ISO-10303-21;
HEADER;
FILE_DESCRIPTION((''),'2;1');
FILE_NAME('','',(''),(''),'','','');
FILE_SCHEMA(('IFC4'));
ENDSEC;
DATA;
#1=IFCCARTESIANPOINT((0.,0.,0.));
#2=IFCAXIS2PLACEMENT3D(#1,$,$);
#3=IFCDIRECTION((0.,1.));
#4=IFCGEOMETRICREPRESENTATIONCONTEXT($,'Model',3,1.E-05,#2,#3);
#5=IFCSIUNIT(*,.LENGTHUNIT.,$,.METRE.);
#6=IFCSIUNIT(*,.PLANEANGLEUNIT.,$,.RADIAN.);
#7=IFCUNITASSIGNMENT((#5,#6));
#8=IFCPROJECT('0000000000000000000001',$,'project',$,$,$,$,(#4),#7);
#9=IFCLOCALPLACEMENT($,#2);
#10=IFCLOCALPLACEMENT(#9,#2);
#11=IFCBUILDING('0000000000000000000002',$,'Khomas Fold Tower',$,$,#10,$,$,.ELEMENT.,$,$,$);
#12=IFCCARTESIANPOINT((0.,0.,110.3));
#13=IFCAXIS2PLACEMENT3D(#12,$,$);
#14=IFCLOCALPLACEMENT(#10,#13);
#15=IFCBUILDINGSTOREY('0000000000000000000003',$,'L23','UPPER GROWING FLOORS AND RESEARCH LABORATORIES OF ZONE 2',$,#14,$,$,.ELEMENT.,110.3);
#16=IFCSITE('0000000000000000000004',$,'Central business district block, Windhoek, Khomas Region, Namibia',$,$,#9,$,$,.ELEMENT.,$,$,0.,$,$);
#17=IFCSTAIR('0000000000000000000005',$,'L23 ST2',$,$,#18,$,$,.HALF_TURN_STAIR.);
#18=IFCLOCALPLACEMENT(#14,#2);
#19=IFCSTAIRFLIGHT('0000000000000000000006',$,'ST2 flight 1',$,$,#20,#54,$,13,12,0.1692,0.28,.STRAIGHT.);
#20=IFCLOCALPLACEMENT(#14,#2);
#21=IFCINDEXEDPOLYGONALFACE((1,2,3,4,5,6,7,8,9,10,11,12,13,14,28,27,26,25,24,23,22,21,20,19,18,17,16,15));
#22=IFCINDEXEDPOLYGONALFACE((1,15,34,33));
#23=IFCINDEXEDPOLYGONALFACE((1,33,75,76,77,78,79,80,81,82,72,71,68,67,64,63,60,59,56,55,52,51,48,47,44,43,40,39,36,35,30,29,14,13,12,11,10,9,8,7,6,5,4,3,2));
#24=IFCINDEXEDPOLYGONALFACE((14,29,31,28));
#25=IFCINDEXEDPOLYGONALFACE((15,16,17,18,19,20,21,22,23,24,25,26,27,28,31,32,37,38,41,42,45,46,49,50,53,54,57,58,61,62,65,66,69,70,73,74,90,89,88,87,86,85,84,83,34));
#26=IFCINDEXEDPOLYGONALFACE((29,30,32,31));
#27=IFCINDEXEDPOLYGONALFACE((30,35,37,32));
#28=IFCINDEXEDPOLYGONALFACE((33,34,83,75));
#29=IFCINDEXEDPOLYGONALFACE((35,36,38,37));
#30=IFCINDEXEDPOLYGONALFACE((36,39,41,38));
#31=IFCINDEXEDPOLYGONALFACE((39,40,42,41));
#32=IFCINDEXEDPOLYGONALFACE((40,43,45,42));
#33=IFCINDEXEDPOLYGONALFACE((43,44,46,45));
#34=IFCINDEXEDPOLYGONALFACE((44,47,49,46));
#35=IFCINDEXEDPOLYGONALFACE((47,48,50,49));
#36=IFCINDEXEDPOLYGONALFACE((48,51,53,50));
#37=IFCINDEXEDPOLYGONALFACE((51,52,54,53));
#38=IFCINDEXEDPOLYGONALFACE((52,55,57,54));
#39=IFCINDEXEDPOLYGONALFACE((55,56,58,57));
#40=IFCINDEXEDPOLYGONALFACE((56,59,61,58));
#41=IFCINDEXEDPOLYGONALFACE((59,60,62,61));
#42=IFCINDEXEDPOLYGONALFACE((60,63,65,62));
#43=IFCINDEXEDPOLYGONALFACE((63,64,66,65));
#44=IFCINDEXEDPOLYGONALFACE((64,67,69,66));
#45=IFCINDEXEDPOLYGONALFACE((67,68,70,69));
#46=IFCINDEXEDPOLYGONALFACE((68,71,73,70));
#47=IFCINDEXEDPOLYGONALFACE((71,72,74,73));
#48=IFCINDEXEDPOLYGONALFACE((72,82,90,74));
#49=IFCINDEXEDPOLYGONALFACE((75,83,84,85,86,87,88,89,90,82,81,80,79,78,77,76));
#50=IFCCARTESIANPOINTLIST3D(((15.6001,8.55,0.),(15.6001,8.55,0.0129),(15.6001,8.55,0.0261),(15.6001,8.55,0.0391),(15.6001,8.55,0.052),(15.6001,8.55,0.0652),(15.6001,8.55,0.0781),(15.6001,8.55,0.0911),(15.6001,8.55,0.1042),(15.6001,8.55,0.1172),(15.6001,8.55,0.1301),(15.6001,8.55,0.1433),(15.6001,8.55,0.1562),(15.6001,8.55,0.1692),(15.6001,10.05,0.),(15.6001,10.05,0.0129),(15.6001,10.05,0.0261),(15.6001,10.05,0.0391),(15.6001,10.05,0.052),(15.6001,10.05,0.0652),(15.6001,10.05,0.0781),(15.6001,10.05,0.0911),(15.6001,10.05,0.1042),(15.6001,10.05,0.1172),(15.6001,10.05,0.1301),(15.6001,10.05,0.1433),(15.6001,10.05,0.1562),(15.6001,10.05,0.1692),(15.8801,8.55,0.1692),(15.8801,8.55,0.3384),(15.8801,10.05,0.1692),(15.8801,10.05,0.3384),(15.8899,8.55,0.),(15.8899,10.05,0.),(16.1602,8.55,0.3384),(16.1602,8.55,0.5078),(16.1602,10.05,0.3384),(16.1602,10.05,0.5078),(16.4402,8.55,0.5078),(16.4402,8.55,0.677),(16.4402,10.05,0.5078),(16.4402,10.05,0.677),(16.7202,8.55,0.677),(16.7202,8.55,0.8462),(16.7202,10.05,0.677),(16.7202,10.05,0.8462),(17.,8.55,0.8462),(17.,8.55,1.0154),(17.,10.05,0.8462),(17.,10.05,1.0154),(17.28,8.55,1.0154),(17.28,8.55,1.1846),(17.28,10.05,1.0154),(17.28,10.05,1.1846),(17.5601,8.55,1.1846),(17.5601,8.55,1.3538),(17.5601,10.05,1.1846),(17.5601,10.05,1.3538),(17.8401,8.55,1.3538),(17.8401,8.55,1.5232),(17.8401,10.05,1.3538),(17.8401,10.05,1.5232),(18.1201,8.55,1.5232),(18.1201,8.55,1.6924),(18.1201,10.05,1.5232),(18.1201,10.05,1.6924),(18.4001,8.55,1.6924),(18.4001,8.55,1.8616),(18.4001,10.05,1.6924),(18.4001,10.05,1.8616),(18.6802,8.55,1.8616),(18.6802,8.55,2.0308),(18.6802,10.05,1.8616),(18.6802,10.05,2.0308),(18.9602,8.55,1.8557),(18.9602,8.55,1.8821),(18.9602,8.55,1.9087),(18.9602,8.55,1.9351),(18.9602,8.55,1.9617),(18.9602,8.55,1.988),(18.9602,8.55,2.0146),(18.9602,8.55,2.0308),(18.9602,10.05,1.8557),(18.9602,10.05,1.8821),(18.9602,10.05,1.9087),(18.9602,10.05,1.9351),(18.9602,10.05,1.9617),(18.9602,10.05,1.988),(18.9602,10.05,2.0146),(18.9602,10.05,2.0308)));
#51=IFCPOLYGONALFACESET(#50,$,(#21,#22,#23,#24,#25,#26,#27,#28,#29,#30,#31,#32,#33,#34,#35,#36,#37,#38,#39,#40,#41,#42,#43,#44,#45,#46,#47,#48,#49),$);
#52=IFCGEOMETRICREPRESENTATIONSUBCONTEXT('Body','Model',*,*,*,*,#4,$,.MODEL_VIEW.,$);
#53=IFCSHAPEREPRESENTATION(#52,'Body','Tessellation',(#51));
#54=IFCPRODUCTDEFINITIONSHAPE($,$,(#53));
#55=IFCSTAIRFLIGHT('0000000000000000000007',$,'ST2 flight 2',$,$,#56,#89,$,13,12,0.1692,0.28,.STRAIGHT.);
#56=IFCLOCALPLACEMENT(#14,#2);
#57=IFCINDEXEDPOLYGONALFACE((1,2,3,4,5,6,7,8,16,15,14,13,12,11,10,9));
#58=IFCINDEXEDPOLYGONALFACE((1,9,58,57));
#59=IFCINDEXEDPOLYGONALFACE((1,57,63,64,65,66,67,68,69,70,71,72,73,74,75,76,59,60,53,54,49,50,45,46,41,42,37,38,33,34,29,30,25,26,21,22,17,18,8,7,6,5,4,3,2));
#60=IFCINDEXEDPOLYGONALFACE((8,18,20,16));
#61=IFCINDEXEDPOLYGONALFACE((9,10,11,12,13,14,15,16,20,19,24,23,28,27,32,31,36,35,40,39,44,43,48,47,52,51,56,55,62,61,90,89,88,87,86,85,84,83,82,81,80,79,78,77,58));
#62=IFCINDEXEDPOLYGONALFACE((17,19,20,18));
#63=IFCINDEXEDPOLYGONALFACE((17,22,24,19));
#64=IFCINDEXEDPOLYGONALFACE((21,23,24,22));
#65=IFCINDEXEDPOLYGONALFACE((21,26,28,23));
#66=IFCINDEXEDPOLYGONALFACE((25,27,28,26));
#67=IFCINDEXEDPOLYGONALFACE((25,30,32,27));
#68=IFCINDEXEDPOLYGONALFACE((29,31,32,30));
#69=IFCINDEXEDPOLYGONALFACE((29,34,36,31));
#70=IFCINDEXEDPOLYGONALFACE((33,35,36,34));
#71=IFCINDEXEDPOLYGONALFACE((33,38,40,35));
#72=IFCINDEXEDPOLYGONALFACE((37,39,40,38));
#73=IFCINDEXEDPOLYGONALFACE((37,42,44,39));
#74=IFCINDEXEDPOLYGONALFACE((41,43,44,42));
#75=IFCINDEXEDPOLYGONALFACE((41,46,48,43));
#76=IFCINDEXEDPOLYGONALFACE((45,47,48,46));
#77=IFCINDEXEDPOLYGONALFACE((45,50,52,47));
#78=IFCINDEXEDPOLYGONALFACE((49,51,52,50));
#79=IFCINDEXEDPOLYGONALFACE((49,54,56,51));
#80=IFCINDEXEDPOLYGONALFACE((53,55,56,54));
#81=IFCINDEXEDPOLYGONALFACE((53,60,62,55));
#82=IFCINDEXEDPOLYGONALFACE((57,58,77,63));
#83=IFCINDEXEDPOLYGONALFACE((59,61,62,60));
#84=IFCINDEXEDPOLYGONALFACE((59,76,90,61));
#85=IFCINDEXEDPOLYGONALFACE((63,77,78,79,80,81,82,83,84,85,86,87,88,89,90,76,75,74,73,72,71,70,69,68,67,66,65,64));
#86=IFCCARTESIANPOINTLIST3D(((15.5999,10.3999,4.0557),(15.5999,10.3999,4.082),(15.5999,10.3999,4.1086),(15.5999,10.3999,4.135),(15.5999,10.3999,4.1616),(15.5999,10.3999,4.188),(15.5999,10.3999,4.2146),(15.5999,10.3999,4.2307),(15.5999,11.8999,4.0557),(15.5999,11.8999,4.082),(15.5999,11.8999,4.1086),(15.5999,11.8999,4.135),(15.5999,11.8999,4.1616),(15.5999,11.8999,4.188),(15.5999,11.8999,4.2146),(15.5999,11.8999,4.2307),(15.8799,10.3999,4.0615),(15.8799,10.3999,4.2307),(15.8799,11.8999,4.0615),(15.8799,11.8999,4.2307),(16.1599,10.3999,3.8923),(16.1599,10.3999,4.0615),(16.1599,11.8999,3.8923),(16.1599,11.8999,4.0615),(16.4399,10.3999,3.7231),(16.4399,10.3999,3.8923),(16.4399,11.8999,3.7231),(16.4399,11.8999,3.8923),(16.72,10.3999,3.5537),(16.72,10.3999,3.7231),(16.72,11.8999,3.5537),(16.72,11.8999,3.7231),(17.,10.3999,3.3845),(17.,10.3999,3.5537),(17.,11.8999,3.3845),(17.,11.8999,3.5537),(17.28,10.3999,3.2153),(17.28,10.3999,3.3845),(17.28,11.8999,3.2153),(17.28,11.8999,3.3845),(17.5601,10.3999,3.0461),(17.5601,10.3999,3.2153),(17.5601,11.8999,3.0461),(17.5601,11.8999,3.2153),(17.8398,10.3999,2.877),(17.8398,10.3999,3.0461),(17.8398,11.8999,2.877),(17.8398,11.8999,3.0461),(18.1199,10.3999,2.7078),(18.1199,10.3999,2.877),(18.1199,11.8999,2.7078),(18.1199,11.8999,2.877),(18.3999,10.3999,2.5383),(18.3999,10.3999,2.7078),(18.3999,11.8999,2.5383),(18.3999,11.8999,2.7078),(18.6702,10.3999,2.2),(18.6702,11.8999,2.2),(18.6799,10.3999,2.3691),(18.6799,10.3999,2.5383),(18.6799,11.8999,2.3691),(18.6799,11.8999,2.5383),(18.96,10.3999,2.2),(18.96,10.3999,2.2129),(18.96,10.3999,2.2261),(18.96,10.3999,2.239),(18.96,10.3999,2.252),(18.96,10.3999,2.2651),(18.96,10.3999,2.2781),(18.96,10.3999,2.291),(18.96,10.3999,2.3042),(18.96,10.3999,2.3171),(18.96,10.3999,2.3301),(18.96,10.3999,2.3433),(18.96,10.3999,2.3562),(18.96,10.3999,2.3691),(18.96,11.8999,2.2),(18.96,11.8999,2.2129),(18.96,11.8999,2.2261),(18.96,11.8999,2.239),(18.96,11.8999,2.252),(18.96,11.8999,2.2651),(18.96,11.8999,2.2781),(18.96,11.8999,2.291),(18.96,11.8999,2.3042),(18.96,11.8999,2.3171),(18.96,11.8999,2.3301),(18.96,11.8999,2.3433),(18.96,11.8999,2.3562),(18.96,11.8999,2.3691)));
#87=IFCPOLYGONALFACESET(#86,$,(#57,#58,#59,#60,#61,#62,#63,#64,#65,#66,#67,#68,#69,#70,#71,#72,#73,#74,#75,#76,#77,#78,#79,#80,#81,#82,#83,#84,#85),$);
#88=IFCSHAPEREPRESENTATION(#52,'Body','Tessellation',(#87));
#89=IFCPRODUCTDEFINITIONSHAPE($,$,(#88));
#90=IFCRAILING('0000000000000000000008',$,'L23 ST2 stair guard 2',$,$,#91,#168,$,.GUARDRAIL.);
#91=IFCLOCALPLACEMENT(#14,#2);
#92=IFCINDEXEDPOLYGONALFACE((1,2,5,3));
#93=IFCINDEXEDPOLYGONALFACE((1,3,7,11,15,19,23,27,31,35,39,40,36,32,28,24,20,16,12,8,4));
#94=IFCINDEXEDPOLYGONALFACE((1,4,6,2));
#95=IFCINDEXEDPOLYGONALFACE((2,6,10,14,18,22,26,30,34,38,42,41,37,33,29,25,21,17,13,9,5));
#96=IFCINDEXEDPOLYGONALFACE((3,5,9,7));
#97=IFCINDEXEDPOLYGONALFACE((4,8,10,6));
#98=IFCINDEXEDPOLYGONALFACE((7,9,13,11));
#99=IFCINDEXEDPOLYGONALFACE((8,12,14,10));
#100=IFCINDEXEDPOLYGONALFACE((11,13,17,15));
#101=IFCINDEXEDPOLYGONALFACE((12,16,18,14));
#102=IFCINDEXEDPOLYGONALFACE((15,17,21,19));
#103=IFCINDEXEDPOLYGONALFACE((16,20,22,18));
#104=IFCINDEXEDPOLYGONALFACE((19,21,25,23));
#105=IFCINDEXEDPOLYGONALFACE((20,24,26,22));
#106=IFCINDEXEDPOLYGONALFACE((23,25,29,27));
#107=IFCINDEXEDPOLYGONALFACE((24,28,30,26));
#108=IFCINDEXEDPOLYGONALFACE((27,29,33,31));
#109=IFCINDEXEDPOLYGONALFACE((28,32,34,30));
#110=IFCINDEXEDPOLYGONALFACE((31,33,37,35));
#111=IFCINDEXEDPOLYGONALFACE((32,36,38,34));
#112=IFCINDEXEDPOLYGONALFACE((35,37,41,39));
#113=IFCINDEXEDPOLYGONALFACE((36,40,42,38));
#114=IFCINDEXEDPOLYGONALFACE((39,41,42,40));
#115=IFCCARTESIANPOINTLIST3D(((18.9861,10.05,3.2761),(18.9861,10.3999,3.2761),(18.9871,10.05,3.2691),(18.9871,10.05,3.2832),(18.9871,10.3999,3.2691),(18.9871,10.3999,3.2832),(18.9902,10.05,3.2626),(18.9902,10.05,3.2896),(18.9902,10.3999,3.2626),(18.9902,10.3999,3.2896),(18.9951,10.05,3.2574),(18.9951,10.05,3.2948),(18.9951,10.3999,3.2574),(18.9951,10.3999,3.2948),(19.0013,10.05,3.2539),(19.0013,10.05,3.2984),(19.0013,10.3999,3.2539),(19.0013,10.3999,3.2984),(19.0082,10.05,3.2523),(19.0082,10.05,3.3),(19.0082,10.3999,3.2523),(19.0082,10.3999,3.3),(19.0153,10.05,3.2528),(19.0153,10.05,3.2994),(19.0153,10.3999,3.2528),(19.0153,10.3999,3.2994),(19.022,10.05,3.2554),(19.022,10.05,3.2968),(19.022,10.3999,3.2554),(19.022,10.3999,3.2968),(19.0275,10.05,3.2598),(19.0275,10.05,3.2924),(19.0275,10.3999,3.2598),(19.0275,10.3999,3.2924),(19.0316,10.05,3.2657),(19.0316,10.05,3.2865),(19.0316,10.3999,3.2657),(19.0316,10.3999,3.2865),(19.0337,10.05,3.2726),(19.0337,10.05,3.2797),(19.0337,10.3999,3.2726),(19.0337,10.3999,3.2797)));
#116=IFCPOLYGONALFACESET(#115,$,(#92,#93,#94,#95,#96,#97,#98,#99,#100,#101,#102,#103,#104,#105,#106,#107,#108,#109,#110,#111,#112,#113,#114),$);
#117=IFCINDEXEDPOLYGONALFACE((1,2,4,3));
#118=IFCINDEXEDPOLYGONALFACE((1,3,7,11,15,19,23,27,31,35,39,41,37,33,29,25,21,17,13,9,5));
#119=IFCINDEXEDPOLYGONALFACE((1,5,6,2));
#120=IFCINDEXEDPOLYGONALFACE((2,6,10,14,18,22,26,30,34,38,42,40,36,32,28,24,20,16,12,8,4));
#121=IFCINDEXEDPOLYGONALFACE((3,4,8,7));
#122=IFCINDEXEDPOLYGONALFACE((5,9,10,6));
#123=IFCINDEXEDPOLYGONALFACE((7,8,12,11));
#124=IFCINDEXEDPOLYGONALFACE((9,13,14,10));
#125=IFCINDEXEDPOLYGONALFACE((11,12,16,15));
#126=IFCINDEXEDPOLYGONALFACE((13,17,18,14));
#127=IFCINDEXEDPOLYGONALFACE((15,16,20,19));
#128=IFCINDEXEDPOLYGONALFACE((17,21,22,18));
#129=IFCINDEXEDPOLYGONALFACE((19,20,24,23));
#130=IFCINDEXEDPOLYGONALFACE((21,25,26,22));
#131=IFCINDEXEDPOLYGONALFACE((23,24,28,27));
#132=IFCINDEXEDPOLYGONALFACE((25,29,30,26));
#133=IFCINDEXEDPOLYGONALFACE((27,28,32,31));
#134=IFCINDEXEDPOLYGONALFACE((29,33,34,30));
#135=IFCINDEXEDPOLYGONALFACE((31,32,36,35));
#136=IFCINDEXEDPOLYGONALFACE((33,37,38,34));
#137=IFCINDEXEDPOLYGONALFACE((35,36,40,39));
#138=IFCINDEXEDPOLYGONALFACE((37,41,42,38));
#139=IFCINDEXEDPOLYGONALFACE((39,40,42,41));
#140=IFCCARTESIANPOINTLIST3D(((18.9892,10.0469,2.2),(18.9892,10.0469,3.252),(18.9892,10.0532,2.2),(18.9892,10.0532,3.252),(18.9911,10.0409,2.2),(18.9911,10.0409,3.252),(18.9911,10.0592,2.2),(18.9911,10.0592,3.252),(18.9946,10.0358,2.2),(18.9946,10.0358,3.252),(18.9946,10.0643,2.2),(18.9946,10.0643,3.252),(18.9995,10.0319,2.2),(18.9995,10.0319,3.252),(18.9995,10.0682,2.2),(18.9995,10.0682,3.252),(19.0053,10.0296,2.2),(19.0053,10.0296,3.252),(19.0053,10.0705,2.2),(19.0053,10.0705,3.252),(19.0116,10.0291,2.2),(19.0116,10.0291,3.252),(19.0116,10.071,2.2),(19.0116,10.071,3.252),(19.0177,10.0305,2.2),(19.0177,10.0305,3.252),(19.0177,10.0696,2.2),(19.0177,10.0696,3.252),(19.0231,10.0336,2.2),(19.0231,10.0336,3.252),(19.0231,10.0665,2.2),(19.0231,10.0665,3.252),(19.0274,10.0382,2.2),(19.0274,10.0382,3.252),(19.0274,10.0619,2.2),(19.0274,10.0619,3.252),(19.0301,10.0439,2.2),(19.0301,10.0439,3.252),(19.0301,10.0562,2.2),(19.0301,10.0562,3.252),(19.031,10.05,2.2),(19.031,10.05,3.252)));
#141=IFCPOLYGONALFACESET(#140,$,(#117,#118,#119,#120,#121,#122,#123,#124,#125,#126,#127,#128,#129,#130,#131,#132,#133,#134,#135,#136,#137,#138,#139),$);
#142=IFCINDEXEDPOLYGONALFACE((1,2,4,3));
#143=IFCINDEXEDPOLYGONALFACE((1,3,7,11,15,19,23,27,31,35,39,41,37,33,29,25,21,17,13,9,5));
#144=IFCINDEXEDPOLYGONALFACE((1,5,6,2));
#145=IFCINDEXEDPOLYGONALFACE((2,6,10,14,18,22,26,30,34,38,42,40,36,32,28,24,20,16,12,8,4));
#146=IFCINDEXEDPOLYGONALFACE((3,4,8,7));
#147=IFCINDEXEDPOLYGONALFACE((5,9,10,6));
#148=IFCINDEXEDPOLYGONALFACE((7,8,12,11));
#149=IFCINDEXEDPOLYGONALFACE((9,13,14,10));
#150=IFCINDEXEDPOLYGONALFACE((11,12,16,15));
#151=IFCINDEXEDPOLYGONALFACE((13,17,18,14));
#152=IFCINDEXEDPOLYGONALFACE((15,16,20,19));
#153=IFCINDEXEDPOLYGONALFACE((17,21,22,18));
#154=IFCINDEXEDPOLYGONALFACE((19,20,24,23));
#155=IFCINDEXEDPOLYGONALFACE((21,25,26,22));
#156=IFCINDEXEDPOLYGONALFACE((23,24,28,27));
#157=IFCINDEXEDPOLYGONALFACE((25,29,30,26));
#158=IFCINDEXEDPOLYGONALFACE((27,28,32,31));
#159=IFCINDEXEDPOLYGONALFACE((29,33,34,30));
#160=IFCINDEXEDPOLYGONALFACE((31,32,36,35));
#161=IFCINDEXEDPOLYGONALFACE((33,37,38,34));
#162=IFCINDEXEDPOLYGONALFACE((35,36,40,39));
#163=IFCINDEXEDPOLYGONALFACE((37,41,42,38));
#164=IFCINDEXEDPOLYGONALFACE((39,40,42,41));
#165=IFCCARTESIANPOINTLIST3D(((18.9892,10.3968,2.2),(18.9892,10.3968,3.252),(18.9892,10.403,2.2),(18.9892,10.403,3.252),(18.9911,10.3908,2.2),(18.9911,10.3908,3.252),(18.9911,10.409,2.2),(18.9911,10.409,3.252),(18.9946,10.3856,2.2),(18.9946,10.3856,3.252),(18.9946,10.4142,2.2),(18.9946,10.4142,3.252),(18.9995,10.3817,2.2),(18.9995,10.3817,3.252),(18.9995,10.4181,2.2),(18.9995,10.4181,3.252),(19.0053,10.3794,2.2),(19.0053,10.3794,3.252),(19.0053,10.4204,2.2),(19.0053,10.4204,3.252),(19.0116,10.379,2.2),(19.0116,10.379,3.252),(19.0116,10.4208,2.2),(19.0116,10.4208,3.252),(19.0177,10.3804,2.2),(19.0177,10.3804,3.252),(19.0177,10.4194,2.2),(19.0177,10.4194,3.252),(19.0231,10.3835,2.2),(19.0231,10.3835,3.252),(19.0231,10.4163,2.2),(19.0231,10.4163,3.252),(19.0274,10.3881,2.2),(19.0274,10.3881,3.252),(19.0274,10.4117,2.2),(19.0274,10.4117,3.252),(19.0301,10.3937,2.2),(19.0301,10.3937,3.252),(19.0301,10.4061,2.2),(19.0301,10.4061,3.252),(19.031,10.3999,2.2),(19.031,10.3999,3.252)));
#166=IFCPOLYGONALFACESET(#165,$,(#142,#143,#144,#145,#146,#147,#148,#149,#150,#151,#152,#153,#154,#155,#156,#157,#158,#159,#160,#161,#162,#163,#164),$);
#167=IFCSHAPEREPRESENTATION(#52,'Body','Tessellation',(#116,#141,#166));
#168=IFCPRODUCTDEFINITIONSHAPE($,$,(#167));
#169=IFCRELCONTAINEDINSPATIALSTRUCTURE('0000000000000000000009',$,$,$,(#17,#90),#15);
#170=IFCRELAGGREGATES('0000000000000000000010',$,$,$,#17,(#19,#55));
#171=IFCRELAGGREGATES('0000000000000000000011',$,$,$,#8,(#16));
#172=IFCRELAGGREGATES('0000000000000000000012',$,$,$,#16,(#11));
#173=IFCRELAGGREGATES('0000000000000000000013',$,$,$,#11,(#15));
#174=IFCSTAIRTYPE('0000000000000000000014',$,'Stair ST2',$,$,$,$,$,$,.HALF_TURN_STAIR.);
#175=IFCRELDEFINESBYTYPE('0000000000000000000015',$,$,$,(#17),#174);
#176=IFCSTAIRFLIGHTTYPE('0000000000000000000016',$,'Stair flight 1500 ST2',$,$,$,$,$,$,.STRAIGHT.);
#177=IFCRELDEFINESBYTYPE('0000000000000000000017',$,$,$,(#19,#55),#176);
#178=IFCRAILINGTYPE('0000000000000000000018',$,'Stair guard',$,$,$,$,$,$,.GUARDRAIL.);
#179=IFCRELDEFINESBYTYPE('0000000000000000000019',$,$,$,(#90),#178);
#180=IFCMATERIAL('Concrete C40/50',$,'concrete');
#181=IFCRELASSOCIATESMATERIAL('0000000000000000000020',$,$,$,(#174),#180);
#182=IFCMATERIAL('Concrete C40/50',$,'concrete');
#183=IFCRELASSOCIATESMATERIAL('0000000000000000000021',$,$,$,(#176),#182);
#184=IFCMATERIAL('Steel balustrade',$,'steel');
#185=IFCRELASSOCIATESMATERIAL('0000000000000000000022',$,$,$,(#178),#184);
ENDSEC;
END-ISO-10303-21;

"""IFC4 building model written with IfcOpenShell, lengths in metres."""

from ifc_helpers import new_model, si_unit, direction, frame, origin, origin_2d, place, context, subcontext, project, spatial, polyline, circle, outline, extrude, source, transform, mapped, material, type_object, element, aggregate, save


model = new_model("IFC4")

# Units and contexts
model_context = context("Model", 3, precision=1e-05, world=origin(), true_north=direction((0.0, 1.0)))
body_context = subcontext(model_context, "Body", "Model", "MODEL_VIEW")
ifc_project = project(units=[si_unit("LENGTHUNIT", "METRE"), si_unit("PLANEANGLEUNIT", "RADIAN")], contexts=[model_context])

# Site, building, storey
site_placement = place(None, origin())
site = spatial("IfcSite", under=ifc_project, at=site_placement, Name="Central business district block, Windhoek, Khomas Region, Namibia", CompositionType="ELEMENT", RefElevation=0.0)
building_placement = place(site_placement, origin())
building = spatial("IfcBuilding", under=site, at=building_placement, Name="Khomas Fold Tower", CompositionType="ELEMENT")
storey_placement = place(building_placement, frame((0.0, 0.0, 110.3)))
storey = spatial("IfcBuildingStorey", under=building, at=storey_placement, Name="L23", Description="UPPER GROWING FLOORS AND RESEARCH LABORATORIES OF ZONE 2", CompositionType="ELEMENT", Elevation=110.3)

# Stair, stair flights
ifc_material_1 = material(Name="Concrete C40/50", Category="concrete")
stair_type = type_object("IfcStairType", Name="Stair ST2", PredefinedType="HALF_TURN_STAIR", material=ifc_material_1)
stair_placement = place(storey_placement, origin())
stair = element("IfcStair", 1, at=stair_placement, inside=storey, type_object=stair_type, Name="L23 ST2", PredefinedType="HALF_TURN_STAIR")
ifc_material_2 = material(Name="Concrete C40/50", Category="concrete")
stair_flight_type = type_object("IfcStairFlightType", Name="Stair flight 1500 ST2", PredefinedType="STRAIGHT", material=ifc_material_2)
shared_shape_1 = source(origin(), body_context, "Body", "SweptSolid", [
    extrude(outline(polyline([(0.0, 0.0), (0.0, 0.0129), (0.0, 0.0261), (0.0, 0.0391), (0.0, 0.052), (0.0, 0.0652), (0.0, 0.0781), (0.0, 0.0911), (0.0, 0.1042), (0.0, 0.1172), (0.0, 0.1301), (0.0, 0.1433), (0.0, 0.1562), (0.0, 0.1692), (0.28, 0.1692), (0.28, 0.3384), (0.5601, 0.3384), (0.5601, 0.5078), (0.8401, 0.5078), (0.8401, 0.677), (1.1201, 0.677), (1.1201, 0.8462), (1.3999, 0.8462), (1.3999, 1.0154), (1.6799, 1.0154), (1.6799, 1.1846), (1.96, 1.1846), (1.96, 1.3538), (2.24, 1.3538), (2.24, 1.5232), (2.52, 1.5232), (2.52, 1.6924), (2.8, 1.6924), (2.8, 1.8616), (3.0801, 1.8616), (3.0801, 2.0308), (3.3601, 2.0308), (3.3601, 2.2), (3.3601, 2.1736), (3.3601, 2.147), (3.3601, 2.1206), (3.3601, 2.094), (3.3601, 2.0676), (3.3601, 2.041), (3.3601, 2.0146), (3.3601, 1.988), (3.3601, 1.9617), (3.3601, 1.9351), (3.3601, 1.9087), (3.3601, 1.8821), (3.3601, 1.8557), (0.2898, 0.0), (0.0, 0.0)])), frame((0.0, 0.75, 0.0), z_axis=(0.0, -1.0, 0.0), x_axis=(1.0, 0.0, 0.0)), (0.0, 0.0, 1.0), 1.5),
])
stair_flight_1_placement = place(storey_placement, frame((15.6001, 9.3, 0.0), z_axis=(0.0, 0.0, 1.0), x_axis=(1.0, 0.0, 0.0)))
stair_flight_1 = element("IfcStairFlight", 2, at=stair_flight_1_placement, type_object=stair_flight_type, Name="ST2 flight 1", NumberOfRisers=13, NumberOfTreads=12, PredefinedType="STRAIGHT", RiserHeight=0.1692, TreadLength=0.28, context=body_context, shape_type="MappedRepresentation", body=[
    mapped(shared_shape_1, transform((0.0, 0.0, 0.0))),
])
stair_flight_2_placement = place(storey_placement, frame((18.96, 11.1499, 2.2), z_axis=(0.0, 0.0, 1.0), x_axis=(-1.0, 0.0, 0.0)))
stair_flight_2 = element("IfcStairFlight", 3, at=stair_flight_2_placement, type_object=stair_flight_type, Name="ST2 flight 2", NumberOfRisers=13, NumberOfTreads=12, PredefinedType="STRAIGHT", RiserHeight=0.1692, TreadLength=0.28, context=body_context, shape_type="MappedRepresentation", body=[
    mapped(shared_shape_1, transform((0.0, 0.0, 0.0))),
])
aggregate(stair, [stair_flight_1, stair_flight_2])

# Railing
ifc_material_3 = material(Name="Steel balustrade", Category="steel")
railing_type_1 = type_object("IfcRailingType", Name="Stair guard", PredefinedType="GUARDRAIL", material=ifc_material_3)
shared_shape_2 = source(origin(), body_context, "Body", "SweptSolid", [
    extrude(circle(Radius=0.0239, at=origin_2d()), frame((0.0, 0.0, 1.0762), z_axis=(0.0, 1.0, 0.0), x_axis=(-1.0, 0.0, 0.0)), (0.0, 0.0, 1.0), 0.3499),
    extrude(circle(Radius=0.021, at=origin_2d()), origin(), (0.0, 0.0, 1.0), 1.052),
    extrude(circle(Radius=0.021, at=origin_2d()), frame((0.0, 0.3499, 0.0)), (0.0, 0.0, 1.0), 1.052),
])
for number, where, name in (
    (4, (19.01, 10.05, 2.2), "L23 ST2 stair guard 2"),
):
    element("IfcRailing", number, at=place(storey_placement, frame(where)), inside=storey, type_object=railing_type_1, Name=name, PredefinedType="GUARDRAIL", context=body_context, shape_type="MappedRepresentation", body=[
        mapped(shared_shape_2, transform((0.0, 0.0, 0.0))),
    ])

save(model, "model.ifc")
